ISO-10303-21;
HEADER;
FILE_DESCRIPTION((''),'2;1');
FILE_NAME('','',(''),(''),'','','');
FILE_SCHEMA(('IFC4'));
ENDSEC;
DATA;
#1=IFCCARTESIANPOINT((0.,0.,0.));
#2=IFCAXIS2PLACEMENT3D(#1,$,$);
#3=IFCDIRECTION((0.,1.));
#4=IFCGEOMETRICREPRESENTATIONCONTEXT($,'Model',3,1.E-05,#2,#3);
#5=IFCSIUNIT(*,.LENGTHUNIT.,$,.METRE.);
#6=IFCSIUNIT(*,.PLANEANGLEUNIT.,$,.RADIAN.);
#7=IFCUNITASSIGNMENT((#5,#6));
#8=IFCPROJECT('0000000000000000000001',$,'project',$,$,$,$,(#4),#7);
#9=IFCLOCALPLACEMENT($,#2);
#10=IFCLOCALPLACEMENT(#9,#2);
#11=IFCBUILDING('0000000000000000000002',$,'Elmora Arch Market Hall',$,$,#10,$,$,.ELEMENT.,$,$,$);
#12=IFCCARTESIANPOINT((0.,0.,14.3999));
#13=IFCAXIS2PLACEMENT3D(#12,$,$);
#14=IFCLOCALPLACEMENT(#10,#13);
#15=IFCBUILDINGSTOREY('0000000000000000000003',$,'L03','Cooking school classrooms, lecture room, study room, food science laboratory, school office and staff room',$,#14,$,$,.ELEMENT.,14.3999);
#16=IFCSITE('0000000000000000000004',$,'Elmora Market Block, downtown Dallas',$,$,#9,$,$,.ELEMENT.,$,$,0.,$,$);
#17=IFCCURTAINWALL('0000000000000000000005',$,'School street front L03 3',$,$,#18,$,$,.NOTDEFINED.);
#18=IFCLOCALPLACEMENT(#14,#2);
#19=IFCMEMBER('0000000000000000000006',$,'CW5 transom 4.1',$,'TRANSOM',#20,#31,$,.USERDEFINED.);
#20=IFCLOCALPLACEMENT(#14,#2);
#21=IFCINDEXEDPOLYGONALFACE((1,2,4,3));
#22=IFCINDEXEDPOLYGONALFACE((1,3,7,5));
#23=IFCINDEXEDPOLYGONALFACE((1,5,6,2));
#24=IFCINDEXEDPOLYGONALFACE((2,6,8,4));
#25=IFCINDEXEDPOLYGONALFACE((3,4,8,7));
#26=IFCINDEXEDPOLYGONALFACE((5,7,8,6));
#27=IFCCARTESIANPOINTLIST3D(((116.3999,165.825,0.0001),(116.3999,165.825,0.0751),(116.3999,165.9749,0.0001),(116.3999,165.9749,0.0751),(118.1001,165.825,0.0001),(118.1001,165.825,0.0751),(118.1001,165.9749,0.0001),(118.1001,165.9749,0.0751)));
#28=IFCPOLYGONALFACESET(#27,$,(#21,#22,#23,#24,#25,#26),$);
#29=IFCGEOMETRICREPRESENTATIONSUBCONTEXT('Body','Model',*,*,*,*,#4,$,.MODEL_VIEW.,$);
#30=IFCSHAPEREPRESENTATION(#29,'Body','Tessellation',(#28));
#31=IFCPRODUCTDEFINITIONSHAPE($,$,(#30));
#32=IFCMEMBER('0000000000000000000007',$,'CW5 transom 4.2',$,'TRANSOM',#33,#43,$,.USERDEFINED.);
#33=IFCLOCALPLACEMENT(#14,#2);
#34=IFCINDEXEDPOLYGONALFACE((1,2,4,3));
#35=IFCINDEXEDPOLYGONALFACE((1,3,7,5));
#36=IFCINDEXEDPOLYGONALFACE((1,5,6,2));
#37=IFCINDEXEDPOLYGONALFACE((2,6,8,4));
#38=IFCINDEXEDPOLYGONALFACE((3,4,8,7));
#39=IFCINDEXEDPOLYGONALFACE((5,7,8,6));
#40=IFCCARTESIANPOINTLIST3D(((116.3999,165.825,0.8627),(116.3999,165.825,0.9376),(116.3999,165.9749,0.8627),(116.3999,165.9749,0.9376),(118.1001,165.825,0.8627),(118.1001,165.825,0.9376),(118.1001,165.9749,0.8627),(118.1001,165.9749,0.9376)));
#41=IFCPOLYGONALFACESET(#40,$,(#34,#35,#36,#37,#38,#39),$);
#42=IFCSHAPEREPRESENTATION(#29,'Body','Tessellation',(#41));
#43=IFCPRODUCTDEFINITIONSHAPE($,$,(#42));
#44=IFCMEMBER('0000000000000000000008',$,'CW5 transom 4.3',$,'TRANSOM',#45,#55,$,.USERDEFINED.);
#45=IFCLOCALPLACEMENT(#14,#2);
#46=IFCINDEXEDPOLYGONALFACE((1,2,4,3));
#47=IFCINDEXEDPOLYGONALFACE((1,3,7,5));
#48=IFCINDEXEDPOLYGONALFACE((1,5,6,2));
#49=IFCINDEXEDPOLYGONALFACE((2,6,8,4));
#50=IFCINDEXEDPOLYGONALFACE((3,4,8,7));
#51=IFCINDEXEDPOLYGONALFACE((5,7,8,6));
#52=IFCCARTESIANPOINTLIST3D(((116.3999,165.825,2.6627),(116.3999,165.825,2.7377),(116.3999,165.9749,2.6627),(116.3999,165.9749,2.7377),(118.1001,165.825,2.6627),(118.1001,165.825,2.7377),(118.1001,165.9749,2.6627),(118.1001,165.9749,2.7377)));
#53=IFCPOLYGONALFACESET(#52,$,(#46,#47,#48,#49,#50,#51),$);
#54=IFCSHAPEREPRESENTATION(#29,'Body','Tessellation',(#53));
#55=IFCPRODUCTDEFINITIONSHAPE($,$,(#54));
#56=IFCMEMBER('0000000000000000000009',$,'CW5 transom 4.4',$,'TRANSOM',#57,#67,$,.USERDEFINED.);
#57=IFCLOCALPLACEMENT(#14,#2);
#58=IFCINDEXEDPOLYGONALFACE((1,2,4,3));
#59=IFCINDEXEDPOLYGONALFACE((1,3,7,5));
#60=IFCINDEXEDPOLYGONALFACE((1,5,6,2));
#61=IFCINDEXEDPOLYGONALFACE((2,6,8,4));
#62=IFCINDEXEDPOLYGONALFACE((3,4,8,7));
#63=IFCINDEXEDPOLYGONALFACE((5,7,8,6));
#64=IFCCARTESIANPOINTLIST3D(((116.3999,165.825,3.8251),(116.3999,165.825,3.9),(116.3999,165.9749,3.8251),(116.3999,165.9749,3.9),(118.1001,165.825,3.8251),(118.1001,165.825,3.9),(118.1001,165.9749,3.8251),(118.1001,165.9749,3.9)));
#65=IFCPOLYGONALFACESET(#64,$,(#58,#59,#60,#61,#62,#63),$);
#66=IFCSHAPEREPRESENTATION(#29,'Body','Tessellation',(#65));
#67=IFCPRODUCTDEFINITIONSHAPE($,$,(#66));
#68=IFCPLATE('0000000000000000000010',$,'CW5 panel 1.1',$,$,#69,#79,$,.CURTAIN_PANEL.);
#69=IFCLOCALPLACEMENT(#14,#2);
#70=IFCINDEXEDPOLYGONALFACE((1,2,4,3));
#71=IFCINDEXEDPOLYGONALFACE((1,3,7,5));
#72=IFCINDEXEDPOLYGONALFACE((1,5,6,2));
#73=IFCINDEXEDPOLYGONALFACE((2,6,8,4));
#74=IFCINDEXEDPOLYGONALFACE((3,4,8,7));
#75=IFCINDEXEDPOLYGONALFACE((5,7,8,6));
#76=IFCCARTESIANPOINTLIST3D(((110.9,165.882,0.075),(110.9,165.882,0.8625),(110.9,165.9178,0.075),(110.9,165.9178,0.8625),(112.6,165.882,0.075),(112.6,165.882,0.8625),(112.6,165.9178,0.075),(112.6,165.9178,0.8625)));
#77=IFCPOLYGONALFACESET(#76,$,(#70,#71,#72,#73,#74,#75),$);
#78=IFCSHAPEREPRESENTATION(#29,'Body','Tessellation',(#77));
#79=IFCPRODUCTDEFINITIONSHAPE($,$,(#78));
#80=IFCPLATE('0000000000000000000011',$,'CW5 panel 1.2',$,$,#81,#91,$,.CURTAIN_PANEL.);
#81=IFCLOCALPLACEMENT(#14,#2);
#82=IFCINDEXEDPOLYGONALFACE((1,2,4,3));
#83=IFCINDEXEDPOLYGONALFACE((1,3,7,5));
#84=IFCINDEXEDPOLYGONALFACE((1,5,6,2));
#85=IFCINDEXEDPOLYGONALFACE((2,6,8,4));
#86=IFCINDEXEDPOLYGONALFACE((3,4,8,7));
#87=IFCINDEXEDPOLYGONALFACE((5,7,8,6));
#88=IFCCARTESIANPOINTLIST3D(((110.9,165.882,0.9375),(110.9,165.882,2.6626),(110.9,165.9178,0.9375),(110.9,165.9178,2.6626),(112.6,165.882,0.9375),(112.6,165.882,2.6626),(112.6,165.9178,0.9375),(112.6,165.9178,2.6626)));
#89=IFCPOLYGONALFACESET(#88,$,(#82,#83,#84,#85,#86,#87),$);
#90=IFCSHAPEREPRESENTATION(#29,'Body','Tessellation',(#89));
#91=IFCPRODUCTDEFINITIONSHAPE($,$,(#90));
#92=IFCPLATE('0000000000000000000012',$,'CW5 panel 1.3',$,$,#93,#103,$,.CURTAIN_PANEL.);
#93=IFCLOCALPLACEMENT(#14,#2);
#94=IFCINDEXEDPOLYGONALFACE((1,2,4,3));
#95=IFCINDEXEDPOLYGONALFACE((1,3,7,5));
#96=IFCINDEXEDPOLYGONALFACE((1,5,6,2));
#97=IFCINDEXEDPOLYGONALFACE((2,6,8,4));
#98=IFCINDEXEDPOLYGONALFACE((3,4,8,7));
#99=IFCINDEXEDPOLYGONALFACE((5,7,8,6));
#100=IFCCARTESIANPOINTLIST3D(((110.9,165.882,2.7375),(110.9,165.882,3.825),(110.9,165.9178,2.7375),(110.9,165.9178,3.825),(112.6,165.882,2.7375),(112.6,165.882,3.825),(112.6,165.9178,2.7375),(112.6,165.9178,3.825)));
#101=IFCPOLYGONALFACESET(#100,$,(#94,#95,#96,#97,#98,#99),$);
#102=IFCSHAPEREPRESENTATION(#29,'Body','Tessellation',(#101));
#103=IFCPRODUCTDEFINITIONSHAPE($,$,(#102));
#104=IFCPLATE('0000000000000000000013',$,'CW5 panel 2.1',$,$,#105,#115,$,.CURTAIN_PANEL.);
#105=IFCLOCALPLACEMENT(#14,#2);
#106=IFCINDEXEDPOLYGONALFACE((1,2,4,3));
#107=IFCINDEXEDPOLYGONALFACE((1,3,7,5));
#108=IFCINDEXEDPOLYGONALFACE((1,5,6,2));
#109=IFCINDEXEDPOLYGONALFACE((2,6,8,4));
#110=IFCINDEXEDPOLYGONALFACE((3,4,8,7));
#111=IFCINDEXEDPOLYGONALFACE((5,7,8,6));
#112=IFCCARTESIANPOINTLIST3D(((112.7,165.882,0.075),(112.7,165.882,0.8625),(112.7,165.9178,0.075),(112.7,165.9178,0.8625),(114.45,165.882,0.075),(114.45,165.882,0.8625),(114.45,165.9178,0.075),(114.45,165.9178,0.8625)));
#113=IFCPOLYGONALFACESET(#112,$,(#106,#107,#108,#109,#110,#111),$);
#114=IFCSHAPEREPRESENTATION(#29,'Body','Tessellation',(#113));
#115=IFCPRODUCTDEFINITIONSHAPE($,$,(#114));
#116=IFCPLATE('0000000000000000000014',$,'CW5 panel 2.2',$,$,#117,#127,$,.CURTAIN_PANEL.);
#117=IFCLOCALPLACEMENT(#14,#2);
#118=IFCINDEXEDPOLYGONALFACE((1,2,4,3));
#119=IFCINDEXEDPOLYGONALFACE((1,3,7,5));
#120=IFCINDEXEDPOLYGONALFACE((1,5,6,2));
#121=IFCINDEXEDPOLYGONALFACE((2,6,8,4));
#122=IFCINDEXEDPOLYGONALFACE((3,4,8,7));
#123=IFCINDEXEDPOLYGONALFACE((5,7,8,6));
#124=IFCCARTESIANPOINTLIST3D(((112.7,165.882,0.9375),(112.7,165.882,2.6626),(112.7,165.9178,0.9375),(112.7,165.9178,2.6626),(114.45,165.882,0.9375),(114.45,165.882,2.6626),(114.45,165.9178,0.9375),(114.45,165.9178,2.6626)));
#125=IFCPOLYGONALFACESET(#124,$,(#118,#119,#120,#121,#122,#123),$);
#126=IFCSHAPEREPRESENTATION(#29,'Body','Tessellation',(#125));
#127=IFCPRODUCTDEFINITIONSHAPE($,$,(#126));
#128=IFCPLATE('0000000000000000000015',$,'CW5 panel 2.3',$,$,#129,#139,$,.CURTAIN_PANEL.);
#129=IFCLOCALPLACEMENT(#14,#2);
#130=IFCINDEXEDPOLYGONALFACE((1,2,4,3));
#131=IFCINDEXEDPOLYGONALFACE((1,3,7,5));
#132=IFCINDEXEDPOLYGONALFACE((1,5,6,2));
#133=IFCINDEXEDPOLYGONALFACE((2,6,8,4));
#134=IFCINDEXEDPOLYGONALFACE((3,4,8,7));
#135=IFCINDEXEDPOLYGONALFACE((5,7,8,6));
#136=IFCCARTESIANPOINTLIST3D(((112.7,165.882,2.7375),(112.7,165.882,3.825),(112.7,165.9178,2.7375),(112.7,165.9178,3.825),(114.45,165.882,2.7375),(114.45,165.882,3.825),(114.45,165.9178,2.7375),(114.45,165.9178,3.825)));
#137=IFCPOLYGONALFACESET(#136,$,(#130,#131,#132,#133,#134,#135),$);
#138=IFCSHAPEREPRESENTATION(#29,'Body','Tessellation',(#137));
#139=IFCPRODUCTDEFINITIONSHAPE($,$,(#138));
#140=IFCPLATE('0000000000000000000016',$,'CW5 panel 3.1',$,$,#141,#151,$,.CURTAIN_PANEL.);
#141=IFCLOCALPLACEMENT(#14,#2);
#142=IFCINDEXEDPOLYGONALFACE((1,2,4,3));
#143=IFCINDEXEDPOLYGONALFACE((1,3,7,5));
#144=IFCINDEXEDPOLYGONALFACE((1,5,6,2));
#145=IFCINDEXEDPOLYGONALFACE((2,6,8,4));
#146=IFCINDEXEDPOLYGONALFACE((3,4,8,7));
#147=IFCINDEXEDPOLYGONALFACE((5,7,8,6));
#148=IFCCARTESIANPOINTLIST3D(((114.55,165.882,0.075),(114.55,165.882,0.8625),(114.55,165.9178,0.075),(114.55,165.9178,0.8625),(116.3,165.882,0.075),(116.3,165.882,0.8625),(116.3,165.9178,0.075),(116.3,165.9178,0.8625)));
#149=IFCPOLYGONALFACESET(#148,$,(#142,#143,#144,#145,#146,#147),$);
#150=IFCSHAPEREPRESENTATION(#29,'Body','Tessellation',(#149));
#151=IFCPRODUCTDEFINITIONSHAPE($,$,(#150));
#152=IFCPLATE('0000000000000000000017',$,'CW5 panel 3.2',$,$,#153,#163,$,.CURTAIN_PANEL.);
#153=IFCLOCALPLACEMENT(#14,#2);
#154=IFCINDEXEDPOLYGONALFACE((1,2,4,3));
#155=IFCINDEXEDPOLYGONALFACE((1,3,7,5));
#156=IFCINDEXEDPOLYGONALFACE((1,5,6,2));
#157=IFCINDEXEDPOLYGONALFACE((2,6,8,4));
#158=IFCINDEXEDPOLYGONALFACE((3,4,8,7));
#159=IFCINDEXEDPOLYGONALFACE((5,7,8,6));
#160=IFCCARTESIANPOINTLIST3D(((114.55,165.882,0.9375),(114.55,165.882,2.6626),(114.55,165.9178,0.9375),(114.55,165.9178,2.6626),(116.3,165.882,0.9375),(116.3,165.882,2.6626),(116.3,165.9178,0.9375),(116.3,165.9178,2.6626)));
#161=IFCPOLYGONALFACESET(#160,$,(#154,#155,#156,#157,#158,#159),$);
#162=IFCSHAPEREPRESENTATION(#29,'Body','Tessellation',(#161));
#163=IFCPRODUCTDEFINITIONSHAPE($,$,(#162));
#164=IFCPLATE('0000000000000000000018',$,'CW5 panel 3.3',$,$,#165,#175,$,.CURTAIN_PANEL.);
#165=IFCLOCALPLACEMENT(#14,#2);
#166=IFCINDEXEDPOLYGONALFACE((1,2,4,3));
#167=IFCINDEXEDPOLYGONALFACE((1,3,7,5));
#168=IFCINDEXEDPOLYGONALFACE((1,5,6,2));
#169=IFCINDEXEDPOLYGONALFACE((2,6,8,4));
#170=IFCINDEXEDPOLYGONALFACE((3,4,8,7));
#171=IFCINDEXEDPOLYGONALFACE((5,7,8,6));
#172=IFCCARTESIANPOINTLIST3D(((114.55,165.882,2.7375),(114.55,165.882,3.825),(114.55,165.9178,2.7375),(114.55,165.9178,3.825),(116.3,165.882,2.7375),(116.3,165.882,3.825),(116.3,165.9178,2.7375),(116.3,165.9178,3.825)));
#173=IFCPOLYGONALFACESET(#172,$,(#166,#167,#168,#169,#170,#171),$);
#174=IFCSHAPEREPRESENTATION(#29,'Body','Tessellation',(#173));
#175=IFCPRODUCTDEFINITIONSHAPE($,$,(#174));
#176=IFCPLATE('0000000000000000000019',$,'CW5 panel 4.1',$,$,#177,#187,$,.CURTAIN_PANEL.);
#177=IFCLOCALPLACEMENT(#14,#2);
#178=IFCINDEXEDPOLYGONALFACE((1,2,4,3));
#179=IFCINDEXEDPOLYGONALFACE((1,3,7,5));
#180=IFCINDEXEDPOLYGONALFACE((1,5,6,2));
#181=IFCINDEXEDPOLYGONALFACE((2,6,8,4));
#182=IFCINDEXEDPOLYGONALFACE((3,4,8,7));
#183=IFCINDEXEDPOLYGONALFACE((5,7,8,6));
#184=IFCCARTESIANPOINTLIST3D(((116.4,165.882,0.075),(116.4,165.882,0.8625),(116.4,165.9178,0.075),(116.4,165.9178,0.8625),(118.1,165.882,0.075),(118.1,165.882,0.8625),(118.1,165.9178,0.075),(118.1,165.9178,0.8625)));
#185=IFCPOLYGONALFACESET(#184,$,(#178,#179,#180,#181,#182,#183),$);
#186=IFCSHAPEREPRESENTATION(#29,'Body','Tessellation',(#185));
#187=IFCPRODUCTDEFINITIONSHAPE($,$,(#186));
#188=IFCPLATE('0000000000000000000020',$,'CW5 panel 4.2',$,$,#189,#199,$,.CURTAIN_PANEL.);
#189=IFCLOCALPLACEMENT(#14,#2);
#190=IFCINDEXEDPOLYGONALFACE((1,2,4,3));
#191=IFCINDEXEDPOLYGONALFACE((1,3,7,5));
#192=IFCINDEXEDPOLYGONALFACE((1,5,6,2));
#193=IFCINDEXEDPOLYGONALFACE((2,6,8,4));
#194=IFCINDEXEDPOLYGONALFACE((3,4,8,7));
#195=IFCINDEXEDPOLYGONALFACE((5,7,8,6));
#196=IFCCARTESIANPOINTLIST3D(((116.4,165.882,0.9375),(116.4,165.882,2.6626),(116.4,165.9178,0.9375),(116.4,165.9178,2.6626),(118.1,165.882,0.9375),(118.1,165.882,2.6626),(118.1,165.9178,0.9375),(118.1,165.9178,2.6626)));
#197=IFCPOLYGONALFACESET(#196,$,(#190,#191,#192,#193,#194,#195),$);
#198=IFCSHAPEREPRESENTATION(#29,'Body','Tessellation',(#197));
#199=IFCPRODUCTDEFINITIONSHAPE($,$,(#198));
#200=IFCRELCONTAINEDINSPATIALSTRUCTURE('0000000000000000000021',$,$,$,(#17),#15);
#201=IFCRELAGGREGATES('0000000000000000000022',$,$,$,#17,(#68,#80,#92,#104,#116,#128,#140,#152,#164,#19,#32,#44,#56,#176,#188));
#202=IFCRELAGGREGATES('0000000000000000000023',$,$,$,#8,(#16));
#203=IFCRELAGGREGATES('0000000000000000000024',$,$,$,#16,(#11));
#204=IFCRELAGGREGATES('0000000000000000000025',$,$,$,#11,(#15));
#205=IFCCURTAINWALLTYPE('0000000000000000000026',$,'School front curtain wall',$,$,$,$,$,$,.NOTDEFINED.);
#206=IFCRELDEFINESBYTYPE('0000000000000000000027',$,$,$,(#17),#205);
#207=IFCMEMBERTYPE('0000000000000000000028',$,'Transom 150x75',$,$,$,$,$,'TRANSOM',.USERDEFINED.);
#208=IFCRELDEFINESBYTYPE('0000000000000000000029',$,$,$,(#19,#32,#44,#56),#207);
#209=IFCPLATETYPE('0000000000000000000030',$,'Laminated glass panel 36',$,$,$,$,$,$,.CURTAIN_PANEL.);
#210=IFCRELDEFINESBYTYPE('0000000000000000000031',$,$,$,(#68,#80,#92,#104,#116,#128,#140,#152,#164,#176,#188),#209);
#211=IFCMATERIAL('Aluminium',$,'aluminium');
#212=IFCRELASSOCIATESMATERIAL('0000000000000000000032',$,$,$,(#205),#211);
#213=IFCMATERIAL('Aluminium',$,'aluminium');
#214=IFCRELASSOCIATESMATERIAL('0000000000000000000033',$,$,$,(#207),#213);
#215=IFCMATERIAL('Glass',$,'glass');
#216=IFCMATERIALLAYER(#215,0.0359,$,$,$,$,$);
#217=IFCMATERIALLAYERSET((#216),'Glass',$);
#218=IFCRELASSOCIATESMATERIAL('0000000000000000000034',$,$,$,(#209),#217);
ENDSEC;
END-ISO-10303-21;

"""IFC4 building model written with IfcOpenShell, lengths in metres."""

from ifc_helpers import new_model, si_unit, direction, frame, origin, origin_2d, place, context, subcontext, project, spatial, rectangle, extrude, material, layer, layer_set, material_profile, profile_set, type_object, element, aggregate, save


model = new_model("IFC4")

# Units and contexts
model_context = context("Model", 3, precision=1e-05, world=origin(), true_north=direction((0.0, 1.0)))
body_context = subcontext(model_context, "Body", "Model", "MODEL_VIEW")
ifc_project = project(units=[si_unit("LENGTHUNIT", "METRE"), si_unit("PLANEANGLEUNIT", "RADIAN")], contexts=[model_context])

# Site, building, storey
site_placement = place(None, origin())
site = spatial("IfcSite", under=ifc_project, at=site_placement, Name="Elmora Market Block, downtown Dallas", CompositionType="ELEMENT", RefElevation=0.0)
building_placement = place(site_placement, origin())
building = spatial("IfcBuilding", under=site, at=building_placement, Name="Elmora Arch Market Hall", CompositionType="ELEMENT")
storey_placement = place(building_placement, frame((0.0, 0.0, 14.3999)))
storey = spatial("IfcBuildingStorey", under=building, at=storey_placement, Name="L03", Description="Cooking school classrooms, lecture room, study room, food science laboratory, school office and staff room", CompositionType="ELEMENT", Elevation=14.3999)

# Curtain wall
ifc_material_1 = material(Name="Aluminium", Category="aluminium")
curtain_wall_type = type_object("IfcCurtainWallType", Name="School front curtain wall", PredefinedType="NOTDEFINED", material=ifc_material_1)
curtain_wall_placement = place(storey_placement, origin())
curtain_wall = element("IfcCurtainWall", 1, at=curtain_wall_placement, inside=storey, type_object=curtain_wall_type, Name="School street front L03 3", PredefinedType="NOTDEFINED")

# Members
ifc_material_2 = material(Name="Aluminium", Category="aluminium")
ifc_material_profile_1 = material_profile(ifc_material_2, rectangle(XDim=0.1499, YDim=0.075, at=origin_2d()), Name="AL 150x75")
ifc_profile_set_1 = profile_set([ifc_material_profile_1], Name="Aluminium")
member_type_1 = type_object("IfcMemberType", Name="Transom 150x75", ElementType="TRANSOM", PredefinedType="USERDEFINED", material=ifc_profile_set_1)
member_1_placement = place(storey_placement, frame((116.3999, 165.8999, 0.0376), z_axis=(1.0, 0.0, 0.0), x_axis=(0.0, 1.0, 0.0)))
member_1 = element("IfcMember", 2, at=member_1_placement, type_object=member_type_1, Name="CW5 transom 4.1", ObjectType="TRANSOM", PredefinedType="USERDEFINED", context=body_context, shape_type="SweptSolid", body=[
    extrude(rectangle(XDim=0.1499, YDim=0.075, at=origin_2d()), origin(), (0.0, 0.0, 1.0), 1.7002),
])
member_2_placement = place(storey_placement, frame((116.3999, 165.8999, 0.9001), z_axis=(1.0, 0.0, 0.0), x_axis=(0.0, 1.0, 0.0)))
member_2 = element("IfcMember", 3, at=member_2_placement, type_object=member_type_1, Name="CW5 transom 4.2", ObjectType="TRANSOM", PredefinedType="USERDEFINED", context=body_context, shape_type="SweptSolid", body=[
    extrude(rectangle(XDim=0.1499, YDim=0.075, at=origin_2d()), origin(), (0.0, 0.0, 1.0), 1.7002),
])
member_3_placement = place(storey_placement, frame((116.3999, 165.8999, 2.7002), z_axis=(1.0, 0.0, 0.0), x_axis=(0.0, 1.0, 0.0)))
member_3 = element("IfcMember", 4, at=member_3_placement, type_object=member_type_1, Name="CW5 transom 4.3", ObjectType="TRANSOM", PredefinedType="USERDEFINED", context=body_context, shape_type="SweptSolid", body=[
    extrude(rectangle(XDim=0.1499, YDim=0.075, at=origin_2d()), origin(), (0.0, 0.0, 1.0), 1.7002),
])
member_4_placement = place(storey_placement, frame((116.3999, 165.8999, 3.8625), z_axis=(1.0, 0.0, 0.0), x_axis=(0.0, 1.0, 0.0)))
member_4 = element("IfcMember", 5, at=member_4_placement, type_object=member_type_1, Name="CW5 transom 4.4", ObjectType="TRANSOM", PredefinedType="USERDEFINED", context=body_context, shape_type="SweptSolid", body=[
    extrude(rectangle(XDim=0.1499, YDim=0.075, at=origin_2d()), origin(), (0.0, 0.0, 1.0), 1.7002),
])

# Plates
ifc_material_3 = material(Name="Glass", Category="glass")
ifc_layer_1 = layer(ifc_material_3, 0.0359)
ifc_layer_set_1 = layer_set([ifc_layer_1], Name="Glass")
plate_type = type_object("IfcPlateType", Name="Laminated glass panel 36", PredefinedType="CURTAIN_PANEL", material=ifc_layer_set_1)
plate_1_placement = place(storey_placement, frame((111.75, 165.8999, 0.075), z_axis=(0.0, 0.0, 1.0), x_axis=(1.0, 0.0, 0.0)))
plate_1 = element("IfcPlate", 6, at=plate_1_placement, type_object=plate_type, Name="CW5 panel 1.1", PredefinedType="CURTAIN_PANEL", context=body_context, shape_type="SweptSolid", body=[
    extrude(rectangle(XDim=1.7, YDim=0.0359, at=origin_2d()), origin(), (0.0, 0.0, 1.0), 0.7876),
])
plate_2_placement = place(storey_placement, frame((111.75, 165.8999, 0.9375), z_axis=(0.0, 0.0, 1.0), x_axis=(1.0, 0.0, 0.0)))
plate_2 = element("IfcPlate", 7, at=plate_2_placement, type_object=plate_type, Name="CW5 panel 1.2", PredefinedType="CURTAIN_PANEL", context=body_context, shape_type="SweptSolid", body=[
    extrude(rectangle(XDim=1.7, YDim=0.0359, at=origin_2d()), origin(), (0.0, 0.0, 1.0), 1.7251),
])
plate_3_placement = place(storey_placement, frame((111.75, 165.8999, 2.7375), z_axis=(0.0, 0.0, 1.0), x_axis=(1.0, 0.0, 0.0)))
plate_3 = element("IfcPlate", 8, at=plate_3_placement, type_object=plate_type, Name="CW5 panel 1.3", PredefinedType="CURTAIN_PANEL", context=body_context, shape_type="SweptSolid", body=[
    extrude(rectangle(XDim=1.7, YDim=0.0359, at=origin_2d()), origin(), (0.0, 0.0, 1.0), 1.0874),
])
plate_4_placement = place(storey_placement, frame((113.575, 165.8999, 0.075), z_axis=(0.0, 0.0, 1.0), x_axis=(1.0, 0.0, 0.0)))
plate_4 = element("IfcPlate", 9, at=plate_4_placement, type_object=plate_type, Name="CW5 panel 2.1", PredefinedType="CURTAIN_PANEL", context=body_context, shape_type="SweptSolid", body=[
    extrude(rectangle(XDim=1.75, YDim=0.0359, at=origin_2d()), origin(), (0.0, 0.0, 1.0), 0.7876),
])
plate_5_placement = place(storey_placement, frame((113.575, 165.8999, 0.9375), z_axis=(0.0, 0.0, 1.0), x_axis=(1.0, 0.0, 0.0)))
plate_5 = element("IfcPlate", 10, at=plate_5_placement, type_object=plate_type, Name="CW5 panel 2.2", PredefinedType="CURTAIN_PANEL", context=body_context, shape_type="SweptSolid", body=[
    extrude(rectangle(XDim=1.75, YDim=0.0359, at=origin_2d()), origin(), (0.0, 0.0, 1.0), 1.7251),
])
plate_6_placement = place(storey_placement, frame((113.575, 165.8999, 2.7375), z_axis=(0.0, 0.0, 1.0), x_axis=(1.0, 0.0, 0.0)))
plate_6 = element("IfcPlate", 11, at=plate_6_placement, type_object=plate_type, Name="CW5 panel 2.3", PredefinedType="CURTAIN_PANEL", context=body_context, shape_type="SweptSolid", body=[
    extrude(rectangle(XDim=1.75, YDim=0.0359, at=origin_2d()), origin(), (0.0, 0.0, 1.0), 1.0874),
])
plate_7_placement = place(storey_placement, frame((115.425, 165.8999, 0.075), z_axis=(0.0, 0.0, 1.0), x_axis=(1.0, 0.0, 0.0)))
plate_7 = element("IfcPlate", 12, at=plate_7_placement, type_object=plate_type, Name="CW5 panel 3.1", PredefinedType="CURTAIN_PANEL", context=body_context, shape_type="SweptSolid", body=[
    extrude(rectangle(XDim=1.75, YDim=0.0359, at=origin_2d()), origin(), (0.0, 0.0, 1.0), 0.7876),
])
plate_8_placement = place(storey_placement, frame((115.425, 165.8999, 0.9375), z_axis=(0.0, 0.0, 1.0), x_axis=(1.0, 0.0, 0.0)))
plate_8 = element("IfcPlate", 13, at=plate_8_placement, type_object=plate_type, Name="CW5 panel 3.2", PredefinedType="CURTAIN_PANEL", context=body_context, shape_type="SweptSolid", body=[
    extrude(rectangle(XDim=1.75, YDim=0.0359, at=origin_2d()), origin(), (0.0, 0.0, 1.0), 1.7251),
])
plate_9_placement = place(storey_placement, frame((115.425, 165.8999, 2.7375), z_axis=(0.0, 0.0, 1.0), x_axis=(1.0, 0.0, 0.0)))
plate_9 = element("IfcPlate", 14, at=plate_9_placement, type_object=plate_type, Name="CW5 panel 3.3", PredefinedType="CURTAIN_PANEL", context=body_context, shape_type="SweptSolid", body=[
    extrude(rectangle(XDim=1.75, YDim=0.0359, at=origin_2d()), origin(), (0.0, 0.0, 1.0), 1.0874),
])
plate_10_placement = place(storey_placement, frame((117.25, 165.8999, 0.075), z_axis=(0.0, 0.0, 1.0), x_axis=(1.0, 0.0, 0.0)))
plate_10 = element("IfcPlate", 15, at=plate_10_placement, type_object=plate_type, Name="CW5 panel 4.1", PredefinedType="CURTAIN_PANEL", context=body_context, shape_type="SweptSolid", body=[
    extrude(rectangle(XDim=1.7, YDim=0.0359, at=origin_2d()), origin(), (0.0, 0.0, 1.0), 0.7876),
])
plate_11_placement = place(storey_placement, frame((117.25, 165.8999, 0.9375), z_axis=(0.0, 0.0, 1.0), x_axis=(1.0, 0.0, 0.0)))
plate_11 = element("IfcPlate", 16, at=plate_11_placement, type_object=plate_type, Name="CW5 panel 4.2", PredefinedType="CURTAIN_PANEL", context=body_context, shape_type="SweptSolid", body=[
    extrude(rectangle(XDim=1.7, YDim=0.0359, at=origin_2d()), origin(), (0.0, 0.0, 1.0), 1.7251),
])
aggregate(curtain_wall, [plate_1, plate_2, plate_3, plate_4, plate_5, plate_6, plate_7, plate_8, plate_9, member_1, member_2, member_3, member_4, plate_10, plate_11])

save(model, "model.ifc")
